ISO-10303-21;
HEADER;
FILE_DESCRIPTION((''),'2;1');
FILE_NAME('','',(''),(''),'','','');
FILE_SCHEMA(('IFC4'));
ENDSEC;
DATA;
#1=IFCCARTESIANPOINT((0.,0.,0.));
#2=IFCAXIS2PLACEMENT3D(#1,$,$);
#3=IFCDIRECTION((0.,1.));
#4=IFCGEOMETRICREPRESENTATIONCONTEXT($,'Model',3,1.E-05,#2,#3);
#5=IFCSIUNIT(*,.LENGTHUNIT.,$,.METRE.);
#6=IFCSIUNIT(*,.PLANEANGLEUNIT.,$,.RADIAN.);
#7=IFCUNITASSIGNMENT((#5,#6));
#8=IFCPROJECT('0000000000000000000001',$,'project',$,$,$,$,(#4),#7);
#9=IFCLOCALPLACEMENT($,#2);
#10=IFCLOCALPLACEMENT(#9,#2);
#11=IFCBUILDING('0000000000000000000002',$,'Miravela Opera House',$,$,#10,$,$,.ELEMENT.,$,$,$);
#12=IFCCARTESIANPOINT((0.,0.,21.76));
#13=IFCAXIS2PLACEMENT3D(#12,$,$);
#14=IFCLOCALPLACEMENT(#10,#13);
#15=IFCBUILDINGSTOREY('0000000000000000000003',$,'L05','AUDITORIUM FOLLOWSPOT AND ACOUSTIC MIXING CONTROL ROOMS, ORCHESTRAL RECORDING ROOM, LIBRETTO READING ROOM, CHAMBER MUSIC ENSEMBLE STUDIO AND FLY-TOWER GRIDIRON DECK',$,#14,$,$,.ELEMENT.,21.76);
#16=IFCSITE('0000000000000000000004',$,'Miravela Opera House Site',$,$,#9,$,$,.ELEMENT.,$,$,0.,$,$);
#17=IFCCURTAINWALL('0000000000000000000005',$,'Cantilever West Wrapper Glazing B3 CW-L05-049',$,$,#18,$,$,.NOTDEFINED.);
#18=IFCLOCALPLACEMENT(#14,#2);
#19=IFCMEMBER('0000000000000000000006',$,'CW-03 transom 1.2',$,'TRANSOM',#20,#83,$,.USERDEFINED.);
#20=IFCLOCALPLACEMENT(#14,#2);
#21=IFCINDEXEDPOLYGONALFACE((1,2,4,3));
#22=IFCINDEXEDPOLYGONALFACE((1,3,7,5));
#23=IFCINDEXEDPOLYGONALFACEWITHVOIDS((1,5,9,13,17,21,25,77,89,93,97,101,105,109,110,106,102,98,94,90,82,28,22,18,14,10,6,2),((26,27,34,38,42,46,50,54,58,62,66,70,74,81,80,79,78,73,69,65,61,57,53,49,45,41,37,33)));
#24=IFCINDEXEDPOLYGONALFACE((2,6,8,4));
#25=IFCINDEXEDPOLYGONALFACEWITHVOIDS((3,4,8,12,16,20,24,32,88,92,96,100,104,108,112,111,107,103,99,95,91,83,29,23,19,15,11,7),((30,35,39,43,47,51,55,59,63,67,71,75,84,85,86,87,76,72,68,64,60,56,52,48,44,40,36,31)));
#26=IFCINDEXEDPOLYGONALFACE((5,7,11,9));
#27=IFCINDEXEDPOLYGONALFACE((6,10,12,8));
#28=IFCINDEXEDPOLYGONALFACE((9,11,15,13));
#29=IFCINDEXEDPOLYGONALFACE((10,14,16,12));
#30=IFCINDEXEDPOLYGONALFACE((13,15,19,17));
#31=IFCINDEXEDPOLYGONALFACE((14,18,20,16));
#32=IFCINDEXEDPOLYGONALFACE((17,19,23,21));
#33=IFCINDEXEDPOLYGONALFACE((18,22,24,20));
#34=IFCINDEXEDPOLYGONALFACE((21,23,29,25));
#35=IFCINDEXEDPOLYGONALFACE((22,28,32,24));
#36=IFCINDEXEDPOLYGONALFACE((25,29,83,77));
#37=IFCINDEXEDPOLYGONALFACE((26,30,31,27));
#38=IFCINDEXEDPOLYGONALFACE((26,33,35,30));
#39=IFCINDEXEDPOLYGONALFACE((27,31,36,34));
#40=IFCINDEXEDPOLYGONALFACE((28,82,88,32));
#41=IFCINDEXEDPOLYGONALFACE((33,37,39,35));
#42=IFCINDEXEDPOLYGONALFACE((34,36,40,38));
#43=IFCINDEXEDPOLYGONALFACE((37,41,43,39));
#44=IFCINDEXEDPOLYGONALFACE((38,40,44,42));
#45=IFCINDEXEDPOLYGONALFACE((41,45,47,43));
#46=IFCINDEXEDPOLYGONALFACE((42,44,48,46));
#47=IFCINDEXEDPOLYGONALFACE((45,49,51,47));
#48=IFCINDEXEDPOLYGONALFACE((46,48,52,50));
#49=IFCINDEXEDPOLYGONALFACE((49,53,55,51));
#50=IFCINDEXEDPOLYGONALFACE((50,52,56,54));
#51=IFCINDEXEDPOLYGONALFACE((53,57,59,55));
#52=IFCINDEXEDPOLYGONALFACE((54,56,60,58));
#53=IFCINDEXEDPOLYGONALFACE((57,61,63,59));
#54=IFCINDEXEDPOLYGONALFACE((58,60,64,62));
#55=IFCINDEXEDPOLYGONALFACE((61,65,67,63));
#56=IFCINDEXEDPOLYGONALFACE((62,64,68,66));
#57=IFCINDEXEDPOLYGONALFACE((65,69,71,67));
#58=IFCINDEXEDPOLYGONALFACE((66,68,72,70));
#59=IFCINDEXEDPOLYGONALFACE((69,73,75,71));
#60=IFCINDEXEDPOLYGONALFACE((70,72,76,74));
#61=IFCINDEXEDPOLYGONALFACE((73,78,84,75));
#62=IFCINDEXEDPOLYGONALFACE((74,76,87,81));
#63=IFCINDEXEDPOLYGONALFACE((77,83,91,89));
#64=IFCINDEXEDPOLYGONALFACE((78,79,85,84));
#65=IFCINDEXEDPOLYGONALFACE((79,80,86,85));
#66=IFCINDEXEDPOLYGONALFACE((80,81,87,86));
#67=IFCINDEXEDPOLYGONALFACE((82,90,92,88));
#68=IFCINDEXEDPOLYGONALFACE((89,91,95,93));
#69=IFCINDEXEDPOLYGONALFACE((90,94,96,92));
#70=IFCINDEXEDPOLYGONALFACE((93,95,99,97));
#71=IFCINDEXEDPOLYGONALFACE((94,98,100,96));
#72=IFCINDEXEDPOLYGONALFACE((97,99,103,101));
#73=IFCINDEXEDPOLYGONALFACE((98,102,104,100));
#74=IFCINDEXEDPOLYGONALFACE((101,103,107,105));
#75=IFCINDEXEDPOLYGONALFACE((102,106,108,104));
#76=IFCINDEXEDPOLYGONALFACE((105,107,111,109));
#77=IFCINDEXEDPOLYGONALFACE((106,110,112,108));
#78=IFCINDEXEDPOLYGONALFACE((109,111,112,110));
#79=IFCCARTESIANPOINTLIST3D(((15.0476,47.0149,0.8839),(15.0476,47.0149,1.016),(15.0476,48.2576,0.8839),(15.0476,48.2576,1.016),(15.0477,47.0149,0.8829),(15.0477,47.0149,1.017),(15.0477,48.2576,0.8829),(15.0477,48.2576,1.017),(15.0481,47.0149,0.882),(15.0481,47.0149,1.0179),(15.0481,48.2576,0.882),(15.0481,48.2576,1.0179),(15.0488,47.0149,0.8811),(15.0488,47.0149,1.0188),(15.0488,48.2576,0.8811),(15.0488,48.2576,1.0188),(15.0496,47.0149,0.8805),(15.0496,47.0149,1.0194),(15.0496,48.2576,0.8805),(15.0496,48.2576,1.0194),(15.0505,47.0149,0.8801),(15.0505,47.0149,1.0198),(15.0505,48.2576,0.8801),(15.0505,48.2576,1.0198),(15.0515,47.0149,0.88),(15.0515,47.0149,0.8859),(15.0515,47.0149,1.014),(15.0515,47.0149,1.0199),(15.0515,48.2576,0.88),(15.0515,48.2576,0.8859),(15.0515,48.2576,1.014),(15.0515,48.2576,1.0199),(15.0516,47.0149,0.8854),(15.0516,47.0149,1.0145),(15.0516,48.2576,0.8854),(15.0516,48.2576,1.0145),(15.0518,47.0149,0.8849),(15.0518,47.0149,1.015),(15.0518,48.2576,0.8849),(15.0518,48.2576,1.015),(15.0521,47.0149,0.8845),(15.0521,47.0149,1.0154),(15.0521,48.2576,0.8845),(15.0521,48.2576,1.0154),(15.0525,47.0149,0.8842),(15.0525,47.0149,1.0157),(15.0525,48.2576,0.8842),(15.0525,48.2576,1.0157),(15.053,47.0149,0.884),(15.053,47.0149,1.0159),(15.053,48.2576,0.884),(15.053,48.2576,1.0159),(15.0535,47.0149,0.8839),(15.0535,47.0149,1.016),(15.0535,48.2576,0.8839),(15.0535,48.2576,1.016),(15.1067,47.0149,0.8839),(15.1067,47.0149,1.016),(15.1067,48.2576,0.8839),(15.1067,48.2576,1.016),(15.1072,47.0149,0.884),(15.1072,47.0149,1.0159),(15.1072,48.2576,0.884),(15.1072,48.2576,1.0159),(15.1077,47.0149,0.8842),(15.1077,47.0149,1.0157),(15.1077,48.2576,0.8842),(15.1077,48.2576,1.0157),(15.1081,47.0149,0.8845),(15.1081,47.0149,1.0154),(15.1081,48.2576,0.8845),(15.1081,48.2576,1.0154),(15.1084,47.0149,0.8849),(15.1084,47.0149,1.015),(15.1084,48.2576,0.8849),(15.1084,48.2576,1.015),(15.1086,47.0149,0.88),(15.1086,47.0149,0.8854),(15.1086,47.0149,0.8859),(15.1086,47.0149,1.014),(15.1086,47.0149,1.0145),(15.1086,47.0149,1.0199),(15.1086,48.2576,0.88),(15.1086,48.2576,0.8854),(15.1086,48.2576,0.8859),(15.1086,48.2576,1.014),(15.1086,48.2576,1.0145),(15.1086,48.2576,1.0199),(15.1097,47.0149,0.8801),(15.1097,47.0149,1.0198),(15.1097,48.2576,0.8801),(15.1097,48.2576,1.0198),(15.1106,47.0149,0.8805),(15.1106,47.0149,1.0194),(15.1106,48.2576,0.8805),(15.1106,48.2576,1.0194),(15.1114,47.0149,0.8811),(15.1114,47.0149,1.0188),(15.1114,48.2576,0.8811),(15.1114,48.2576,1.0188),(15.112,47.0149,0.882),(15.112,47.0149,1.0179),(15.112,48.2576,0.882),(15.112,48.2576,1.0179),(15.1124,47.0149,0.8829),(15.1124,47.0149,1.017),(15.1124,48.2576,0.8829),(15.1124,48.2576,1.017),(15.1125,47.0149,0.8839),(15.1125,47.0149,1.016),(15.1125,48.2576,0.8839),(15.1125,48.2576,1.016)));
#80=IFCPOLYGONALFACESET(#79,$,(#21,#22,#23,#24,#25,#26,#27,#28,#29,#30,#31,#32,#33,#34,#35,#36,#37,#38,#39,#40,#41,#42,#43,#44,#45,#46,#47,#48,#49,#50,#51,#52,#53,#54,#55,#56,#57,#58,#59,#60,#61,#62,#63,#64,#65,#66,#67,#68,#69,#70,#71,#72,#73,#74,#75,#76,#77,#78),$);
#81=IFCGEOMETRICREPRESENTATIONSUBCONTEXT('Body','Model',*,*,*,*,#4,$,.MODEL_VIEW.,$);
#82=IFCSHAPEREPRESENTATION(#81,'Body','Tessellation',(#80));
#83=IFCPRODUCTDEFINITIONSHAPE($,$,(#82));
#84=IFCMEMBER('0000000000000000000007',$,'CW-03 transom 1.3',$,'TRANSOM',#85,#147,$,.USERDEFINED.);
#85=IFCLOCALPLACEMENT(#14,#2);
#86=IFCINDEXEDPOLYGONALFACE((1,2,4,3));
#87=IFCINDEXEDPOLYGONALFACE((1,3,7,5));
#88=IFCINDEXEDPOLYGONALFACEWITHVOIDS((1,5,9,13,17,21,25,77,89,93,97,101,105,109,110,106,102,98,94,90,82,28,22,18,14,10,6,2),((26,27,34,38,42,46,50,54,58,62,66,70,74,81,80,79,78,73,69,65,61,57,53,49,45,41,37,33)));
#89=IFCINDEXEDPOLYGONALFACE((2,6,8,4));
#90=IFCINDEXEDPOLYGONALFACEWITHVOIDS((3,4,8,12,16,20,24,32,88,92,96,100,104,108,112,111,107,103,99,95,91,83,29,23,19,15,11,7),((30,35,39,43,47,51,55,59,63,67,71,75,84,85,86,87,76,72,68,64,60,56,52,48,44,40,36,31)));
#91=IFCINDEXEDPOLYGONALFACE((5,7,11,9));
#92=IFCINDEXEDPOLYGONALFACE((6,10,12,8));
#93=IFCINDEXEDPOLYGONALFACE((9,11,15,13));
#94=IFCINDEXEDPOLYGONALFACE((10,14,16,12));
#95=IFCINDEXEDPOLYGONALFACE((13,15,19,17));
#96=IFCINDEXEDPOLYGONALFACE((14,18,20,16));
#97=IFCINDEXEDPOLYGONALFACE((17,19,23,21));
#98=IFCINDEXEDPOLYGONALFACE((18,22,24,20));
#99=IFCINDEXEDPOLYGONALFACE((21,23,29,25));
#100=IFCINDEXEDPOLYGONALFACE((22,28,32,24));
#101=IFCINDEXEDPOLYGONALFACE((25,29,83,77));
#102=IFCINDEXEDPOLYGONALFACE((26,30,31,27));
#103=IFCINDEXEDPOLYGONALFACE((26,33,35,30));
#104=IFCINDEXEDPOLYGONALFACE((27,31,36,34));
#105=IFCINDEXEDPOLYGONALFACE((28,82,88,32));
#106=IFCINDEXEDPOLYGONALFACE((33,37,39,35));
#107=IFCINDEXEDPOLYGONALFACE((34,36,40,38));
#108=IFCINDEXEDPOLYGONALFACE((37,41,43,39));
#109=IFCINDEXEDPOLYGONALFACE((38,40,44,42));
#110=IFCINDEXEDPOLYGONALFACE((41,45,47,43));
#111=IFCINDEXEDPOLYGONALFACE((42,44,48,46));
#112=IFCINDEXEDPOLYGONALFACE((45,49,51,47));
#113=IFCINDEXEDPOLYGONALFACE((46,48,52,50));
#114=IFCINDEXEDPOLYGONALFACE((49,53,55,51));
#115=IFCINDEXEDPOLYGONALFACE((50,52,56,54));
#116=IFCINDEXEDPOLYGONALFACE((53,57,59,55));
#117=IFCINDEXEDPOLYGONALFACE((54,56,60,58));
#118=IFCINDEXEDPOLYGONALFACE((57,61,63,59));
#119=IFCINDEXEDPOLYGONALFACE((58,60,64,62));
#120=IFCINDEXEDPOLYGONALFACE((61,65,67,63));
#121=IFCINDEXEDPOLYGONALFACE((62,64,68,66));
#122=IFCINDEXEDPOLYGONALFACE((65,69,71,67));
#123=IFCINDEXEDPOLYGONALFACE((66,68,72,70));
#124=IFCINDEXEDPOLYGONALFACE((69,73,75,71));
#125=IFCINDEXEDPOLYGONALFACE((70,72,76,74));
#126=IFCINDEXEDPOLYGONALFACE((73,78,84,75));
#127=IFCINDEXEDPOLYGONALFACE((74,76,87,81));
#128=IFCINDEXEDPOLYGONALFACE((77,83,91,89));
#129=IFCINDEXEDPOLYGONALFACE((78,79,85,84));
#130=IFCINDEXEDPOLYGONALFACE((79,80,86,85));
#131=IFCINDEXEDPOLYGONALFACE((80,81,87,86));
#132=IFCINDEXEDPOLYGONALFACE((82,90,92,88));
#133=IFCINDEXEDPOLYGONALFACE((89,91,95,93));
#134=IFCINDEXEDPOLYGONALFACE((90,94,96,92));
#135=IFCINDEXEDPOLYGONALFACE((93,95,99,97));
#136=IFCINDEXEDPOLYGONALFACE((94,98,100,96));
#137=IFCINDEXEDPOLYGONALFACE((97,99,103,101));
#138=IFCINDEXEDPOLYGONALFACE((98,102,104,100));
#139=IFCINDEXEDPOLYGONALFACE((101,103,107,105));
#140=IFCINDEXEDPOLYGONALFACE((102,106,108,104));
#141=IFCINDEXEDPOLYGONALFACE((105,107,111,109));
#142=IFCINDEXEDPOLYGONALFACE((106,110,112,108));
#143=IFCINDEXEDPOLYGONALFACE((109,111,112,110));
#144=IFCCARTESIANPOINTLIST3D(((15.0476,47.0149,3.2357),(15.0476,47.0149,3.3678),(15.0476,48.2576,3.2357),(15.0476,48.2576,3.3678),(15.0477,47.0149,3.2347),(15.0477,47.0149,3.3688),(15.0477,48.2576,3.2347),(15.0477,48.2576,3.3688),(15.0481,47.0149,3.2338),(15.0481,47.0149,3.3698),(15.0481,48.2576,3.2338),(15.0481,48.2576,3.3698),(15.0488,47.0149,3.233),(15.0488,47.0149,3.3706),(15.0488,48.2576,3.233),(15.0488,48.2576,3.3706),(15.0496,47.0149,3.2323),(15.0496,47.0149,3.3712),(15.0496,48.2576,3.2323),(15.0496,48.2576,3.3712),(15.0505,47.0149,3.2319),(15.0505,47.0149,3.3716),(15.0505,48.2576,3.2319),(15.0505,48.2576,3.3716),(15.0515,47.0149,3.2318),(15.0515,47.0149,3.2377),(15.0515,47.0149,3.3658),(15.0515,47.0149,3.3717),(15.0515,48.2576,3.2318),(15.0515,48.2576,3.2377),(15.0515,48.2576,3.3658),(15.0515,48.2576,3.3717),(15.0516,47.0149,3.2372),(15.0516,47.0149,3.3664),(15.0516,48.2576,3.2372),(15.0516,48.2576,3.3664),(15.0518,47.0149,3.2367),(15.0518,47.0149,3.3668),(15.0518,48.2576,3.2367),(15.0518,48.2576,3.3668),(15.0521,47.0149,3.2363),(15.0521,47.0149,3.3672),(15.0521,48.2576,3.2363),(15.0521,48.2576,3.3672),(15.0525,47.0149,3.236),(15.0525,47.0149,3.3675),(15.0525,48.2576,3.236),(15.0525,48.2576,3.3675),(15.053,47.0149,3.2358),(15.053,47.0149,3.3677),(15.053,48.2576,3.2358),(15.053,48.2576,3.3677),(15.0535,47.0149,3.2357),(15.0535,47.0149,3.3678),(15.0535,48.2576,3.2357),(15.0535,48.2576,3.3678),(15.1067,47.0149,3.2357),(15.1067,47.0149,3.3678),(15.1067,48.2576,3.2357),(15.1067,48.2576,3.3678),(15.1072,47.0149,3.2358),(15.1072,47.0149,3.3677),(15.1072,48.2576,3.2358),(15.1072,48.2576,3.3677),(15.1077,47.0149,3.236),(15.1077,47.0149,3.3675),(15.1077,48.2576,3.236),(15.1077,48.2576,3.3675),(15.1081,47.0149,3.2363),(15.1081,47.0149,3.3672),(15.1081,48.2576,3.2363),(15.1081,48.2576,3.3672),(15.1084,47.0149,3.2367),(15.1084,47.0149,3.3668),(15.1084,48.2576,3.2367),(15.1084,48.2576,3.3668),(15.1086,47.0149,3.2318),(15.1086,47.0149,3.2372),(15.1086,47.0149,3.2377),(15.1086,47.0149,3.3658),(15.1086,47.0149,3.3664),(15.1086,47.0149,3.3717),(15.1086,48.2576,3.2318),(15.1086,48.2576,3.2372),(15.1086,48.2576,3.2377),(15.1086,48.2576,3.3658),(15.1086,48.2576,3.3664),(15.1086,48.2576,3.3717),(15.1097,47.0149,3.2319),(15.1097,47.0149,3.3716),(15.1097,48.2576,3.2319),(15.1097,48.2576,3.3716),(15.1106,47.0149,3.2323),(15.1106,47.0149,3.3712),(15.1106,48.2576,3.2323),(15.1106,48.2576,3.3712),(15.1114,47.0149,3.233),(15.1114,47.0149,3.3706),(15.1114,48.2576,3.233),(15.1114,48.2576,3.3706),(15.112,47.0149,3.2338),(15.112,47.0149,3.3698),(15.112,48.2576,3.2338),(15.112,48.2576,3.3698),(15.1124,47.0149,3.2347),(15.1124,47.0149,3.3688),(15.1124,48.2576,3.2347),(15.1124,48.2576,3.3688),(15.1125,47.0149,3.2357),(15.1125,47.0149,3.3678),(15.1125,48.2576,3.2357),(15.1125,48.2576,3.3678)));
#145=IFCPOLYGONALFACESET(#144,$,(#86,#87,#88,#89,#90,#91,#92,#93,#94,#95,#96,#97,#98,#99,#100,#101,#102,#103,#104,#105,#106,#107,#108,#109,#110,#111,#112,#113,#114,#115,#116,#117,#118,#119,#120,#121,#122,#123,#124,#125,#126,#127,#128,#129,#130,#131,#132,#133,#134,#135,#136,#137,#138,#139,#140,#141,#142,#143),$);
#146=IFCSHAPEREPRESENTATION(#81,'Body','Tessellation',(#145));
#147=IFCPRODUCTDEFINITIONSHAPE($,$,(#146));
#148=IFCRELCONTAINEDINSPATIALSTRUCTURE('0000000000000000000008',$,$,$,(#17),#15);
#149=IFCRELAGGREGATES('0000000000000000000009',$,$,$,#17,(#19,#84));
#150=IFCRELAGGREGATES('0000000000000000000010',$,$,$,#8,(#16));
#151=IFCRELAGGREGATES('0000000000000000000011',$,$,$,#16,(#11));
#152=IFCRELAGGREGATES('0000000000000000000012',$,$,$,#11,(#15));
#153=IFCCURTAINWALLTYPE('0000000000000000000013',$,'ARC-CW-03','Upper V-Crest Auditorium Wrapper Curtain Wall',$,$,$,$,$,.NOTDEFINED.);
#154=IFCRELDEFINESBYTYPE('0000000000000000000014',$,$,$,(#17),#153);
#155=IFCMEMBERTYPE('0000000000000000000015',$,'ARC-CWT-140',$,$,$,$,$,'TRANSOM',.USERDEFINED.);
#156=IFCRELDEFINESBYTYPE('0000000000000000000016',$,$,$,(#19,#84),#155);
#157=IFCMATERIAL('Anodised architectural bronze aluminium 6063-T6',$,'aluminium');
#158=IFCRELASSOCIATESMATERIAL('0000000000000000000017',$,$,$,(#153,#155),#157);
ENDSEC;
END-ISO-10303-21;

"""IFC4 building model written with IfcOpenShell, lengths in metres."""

from ifc_helpers import new_model, si_unit, direction, frame, origin, origin_2d, place, context, subcontext, project, spatial, hollow_rectangle, extrude, material, material_profile, profile_set, type_object, element, aggregate, save


model = new_model("IFC4")

# Units and contexts
model_context = context("Model", 3, precision=1e-05, world=origin(), true_north=direction((0.0, 1.0)))
body_context = subcontext(model_context, "Body", "Model", "MODEL_VIEW")
ifc_project = project(units=[si_unit("LENGTHUNIT", "METRE"), si_unit("PLANEANGLEUNIT", "RADIAN")], contexts=[model_context])

# Site, building, storey
site_placement = place(None, origin())
site = spatial("IfcSite", under=ifc_project, at=site_placement, Name="Miravela Opera House Site", CompositionType="ELEMENT", RefElevation=0.0)
building_placement = place(site_placement, origin())
building = spatial("IfcBuilding", under=site, at=building_placement, Name="Miravela Opera House", CompositionType="ELEMENT")
storey_placement = place(building_placement, frame((0.0, 0.0, 21.76)))
storey = spatial("IfcBuildingStorey", under=building, at=storey_placement, Name="L05", Description="AUDITORIUM FOLLOWSPOT AND ACOUSTIC MIXING CONTROL ROOMS, ORCHESTRAL RECORDING ROOM, LIBRETTO READING ROOM, CHAMBER MUSIC ENSEMBLE STUDIO AND FLY-TOWER GRIDIRON DECK", CompositionType="ELEMENT", Elevation=21.76)

# Shared definitions
ifc_material_1 = material(Name="Anodised architectural bronze aluminium 6063-T6", Category="aluminium")
curtain_wall_type = type_object("IfcCurtainWallType", Name="ARC-CW-03", Description="Upper V-Crest Auditorium Wrapper Curtain Wall", PredefinedType="NOTDEFINED", material=ifc_material_1)

# Curtain wall, members
curtain_wall_1_placement = place(storey_placement, origin())
curtain_wall_1 = element("IfcCurtainWall", 1, at=curtain_wall_1_placement, inside=storey, type_object=curtain_wall_type, Name="Cantilever West Wrapper Glazing B3 CW-L05-049", PredefinedType="NOTDEFINED")
ifc_material_profile_1 = material_profile(ifc_material_1, hollow_rectangle(XDim=0.0649, YDim=0.1399, WallThickness=0.0039, InnerFilletRadius=0.002, OuterFilletRadius=0.0039, at=origin_2d()), Name="CWT-65X140")
ifc_profile_set_1 = profile_set([ifc_material_profile_1])
member_type_1 = type_object("IfcMemberType", Name="ARC-CWT-140", ElementType="TRANSOM", PredefinedType="USERDEFINED", material=ifc_profile_set_1)
member_1_placement = place(storey_placement, frame((15.0801, 47.0149, 0.95), z_axis=(0.0, 1.0, 0.0), x_axis=(-1.0, 0.0, 0.0)))
member_1 = element("IfcMember", 2, at=member_1_placement, type_object=member_type_1, Name="CW-03 transom 1.2", ObjectType="TRANSOM", PredefinedType="USERDEFINED", context=body_context, shape_type="SweptSolid", body=[
    extrude(hollow_rectangle(XDim=0.0649, YDim=0.1399, WallThickness=0.0039, InnerFilletRadius=0.002, OuterFilletRadius=0.0039, at=origin_2d()), origin(), (0.0, 0.0, 1.0), 1.2427),
])
member_2_placement = place(storey_placement, frame((15.0801, 47.0149, 3.3018), z_axis=(0.0, 1.0, 0.0), x_axis=(-1.0, 0.0, 0.0)))
member_2 = element("IfcMember", 3, at=member_2_placement, type_object=member_type_1, Name="CW-03 transom 1.3", ObjectType="TRANSOM", PredefinedType="USERDEFINED", context=body_context, shape_type="SweptSolid", body=[
    extrude(hollow_rectangle(XDim=0.0649, YDim=0.1399, WallThickness=0.0039, InnerFilletRadius=0.002, OuterFilletRadius=0.0039, at=origin_2d()), origin(), (0.0, 0.0, 1.0), 1.2427),
])

aggregate(curtain_wall_1, [member_1, member_2])

save(model, "model.ifc")
